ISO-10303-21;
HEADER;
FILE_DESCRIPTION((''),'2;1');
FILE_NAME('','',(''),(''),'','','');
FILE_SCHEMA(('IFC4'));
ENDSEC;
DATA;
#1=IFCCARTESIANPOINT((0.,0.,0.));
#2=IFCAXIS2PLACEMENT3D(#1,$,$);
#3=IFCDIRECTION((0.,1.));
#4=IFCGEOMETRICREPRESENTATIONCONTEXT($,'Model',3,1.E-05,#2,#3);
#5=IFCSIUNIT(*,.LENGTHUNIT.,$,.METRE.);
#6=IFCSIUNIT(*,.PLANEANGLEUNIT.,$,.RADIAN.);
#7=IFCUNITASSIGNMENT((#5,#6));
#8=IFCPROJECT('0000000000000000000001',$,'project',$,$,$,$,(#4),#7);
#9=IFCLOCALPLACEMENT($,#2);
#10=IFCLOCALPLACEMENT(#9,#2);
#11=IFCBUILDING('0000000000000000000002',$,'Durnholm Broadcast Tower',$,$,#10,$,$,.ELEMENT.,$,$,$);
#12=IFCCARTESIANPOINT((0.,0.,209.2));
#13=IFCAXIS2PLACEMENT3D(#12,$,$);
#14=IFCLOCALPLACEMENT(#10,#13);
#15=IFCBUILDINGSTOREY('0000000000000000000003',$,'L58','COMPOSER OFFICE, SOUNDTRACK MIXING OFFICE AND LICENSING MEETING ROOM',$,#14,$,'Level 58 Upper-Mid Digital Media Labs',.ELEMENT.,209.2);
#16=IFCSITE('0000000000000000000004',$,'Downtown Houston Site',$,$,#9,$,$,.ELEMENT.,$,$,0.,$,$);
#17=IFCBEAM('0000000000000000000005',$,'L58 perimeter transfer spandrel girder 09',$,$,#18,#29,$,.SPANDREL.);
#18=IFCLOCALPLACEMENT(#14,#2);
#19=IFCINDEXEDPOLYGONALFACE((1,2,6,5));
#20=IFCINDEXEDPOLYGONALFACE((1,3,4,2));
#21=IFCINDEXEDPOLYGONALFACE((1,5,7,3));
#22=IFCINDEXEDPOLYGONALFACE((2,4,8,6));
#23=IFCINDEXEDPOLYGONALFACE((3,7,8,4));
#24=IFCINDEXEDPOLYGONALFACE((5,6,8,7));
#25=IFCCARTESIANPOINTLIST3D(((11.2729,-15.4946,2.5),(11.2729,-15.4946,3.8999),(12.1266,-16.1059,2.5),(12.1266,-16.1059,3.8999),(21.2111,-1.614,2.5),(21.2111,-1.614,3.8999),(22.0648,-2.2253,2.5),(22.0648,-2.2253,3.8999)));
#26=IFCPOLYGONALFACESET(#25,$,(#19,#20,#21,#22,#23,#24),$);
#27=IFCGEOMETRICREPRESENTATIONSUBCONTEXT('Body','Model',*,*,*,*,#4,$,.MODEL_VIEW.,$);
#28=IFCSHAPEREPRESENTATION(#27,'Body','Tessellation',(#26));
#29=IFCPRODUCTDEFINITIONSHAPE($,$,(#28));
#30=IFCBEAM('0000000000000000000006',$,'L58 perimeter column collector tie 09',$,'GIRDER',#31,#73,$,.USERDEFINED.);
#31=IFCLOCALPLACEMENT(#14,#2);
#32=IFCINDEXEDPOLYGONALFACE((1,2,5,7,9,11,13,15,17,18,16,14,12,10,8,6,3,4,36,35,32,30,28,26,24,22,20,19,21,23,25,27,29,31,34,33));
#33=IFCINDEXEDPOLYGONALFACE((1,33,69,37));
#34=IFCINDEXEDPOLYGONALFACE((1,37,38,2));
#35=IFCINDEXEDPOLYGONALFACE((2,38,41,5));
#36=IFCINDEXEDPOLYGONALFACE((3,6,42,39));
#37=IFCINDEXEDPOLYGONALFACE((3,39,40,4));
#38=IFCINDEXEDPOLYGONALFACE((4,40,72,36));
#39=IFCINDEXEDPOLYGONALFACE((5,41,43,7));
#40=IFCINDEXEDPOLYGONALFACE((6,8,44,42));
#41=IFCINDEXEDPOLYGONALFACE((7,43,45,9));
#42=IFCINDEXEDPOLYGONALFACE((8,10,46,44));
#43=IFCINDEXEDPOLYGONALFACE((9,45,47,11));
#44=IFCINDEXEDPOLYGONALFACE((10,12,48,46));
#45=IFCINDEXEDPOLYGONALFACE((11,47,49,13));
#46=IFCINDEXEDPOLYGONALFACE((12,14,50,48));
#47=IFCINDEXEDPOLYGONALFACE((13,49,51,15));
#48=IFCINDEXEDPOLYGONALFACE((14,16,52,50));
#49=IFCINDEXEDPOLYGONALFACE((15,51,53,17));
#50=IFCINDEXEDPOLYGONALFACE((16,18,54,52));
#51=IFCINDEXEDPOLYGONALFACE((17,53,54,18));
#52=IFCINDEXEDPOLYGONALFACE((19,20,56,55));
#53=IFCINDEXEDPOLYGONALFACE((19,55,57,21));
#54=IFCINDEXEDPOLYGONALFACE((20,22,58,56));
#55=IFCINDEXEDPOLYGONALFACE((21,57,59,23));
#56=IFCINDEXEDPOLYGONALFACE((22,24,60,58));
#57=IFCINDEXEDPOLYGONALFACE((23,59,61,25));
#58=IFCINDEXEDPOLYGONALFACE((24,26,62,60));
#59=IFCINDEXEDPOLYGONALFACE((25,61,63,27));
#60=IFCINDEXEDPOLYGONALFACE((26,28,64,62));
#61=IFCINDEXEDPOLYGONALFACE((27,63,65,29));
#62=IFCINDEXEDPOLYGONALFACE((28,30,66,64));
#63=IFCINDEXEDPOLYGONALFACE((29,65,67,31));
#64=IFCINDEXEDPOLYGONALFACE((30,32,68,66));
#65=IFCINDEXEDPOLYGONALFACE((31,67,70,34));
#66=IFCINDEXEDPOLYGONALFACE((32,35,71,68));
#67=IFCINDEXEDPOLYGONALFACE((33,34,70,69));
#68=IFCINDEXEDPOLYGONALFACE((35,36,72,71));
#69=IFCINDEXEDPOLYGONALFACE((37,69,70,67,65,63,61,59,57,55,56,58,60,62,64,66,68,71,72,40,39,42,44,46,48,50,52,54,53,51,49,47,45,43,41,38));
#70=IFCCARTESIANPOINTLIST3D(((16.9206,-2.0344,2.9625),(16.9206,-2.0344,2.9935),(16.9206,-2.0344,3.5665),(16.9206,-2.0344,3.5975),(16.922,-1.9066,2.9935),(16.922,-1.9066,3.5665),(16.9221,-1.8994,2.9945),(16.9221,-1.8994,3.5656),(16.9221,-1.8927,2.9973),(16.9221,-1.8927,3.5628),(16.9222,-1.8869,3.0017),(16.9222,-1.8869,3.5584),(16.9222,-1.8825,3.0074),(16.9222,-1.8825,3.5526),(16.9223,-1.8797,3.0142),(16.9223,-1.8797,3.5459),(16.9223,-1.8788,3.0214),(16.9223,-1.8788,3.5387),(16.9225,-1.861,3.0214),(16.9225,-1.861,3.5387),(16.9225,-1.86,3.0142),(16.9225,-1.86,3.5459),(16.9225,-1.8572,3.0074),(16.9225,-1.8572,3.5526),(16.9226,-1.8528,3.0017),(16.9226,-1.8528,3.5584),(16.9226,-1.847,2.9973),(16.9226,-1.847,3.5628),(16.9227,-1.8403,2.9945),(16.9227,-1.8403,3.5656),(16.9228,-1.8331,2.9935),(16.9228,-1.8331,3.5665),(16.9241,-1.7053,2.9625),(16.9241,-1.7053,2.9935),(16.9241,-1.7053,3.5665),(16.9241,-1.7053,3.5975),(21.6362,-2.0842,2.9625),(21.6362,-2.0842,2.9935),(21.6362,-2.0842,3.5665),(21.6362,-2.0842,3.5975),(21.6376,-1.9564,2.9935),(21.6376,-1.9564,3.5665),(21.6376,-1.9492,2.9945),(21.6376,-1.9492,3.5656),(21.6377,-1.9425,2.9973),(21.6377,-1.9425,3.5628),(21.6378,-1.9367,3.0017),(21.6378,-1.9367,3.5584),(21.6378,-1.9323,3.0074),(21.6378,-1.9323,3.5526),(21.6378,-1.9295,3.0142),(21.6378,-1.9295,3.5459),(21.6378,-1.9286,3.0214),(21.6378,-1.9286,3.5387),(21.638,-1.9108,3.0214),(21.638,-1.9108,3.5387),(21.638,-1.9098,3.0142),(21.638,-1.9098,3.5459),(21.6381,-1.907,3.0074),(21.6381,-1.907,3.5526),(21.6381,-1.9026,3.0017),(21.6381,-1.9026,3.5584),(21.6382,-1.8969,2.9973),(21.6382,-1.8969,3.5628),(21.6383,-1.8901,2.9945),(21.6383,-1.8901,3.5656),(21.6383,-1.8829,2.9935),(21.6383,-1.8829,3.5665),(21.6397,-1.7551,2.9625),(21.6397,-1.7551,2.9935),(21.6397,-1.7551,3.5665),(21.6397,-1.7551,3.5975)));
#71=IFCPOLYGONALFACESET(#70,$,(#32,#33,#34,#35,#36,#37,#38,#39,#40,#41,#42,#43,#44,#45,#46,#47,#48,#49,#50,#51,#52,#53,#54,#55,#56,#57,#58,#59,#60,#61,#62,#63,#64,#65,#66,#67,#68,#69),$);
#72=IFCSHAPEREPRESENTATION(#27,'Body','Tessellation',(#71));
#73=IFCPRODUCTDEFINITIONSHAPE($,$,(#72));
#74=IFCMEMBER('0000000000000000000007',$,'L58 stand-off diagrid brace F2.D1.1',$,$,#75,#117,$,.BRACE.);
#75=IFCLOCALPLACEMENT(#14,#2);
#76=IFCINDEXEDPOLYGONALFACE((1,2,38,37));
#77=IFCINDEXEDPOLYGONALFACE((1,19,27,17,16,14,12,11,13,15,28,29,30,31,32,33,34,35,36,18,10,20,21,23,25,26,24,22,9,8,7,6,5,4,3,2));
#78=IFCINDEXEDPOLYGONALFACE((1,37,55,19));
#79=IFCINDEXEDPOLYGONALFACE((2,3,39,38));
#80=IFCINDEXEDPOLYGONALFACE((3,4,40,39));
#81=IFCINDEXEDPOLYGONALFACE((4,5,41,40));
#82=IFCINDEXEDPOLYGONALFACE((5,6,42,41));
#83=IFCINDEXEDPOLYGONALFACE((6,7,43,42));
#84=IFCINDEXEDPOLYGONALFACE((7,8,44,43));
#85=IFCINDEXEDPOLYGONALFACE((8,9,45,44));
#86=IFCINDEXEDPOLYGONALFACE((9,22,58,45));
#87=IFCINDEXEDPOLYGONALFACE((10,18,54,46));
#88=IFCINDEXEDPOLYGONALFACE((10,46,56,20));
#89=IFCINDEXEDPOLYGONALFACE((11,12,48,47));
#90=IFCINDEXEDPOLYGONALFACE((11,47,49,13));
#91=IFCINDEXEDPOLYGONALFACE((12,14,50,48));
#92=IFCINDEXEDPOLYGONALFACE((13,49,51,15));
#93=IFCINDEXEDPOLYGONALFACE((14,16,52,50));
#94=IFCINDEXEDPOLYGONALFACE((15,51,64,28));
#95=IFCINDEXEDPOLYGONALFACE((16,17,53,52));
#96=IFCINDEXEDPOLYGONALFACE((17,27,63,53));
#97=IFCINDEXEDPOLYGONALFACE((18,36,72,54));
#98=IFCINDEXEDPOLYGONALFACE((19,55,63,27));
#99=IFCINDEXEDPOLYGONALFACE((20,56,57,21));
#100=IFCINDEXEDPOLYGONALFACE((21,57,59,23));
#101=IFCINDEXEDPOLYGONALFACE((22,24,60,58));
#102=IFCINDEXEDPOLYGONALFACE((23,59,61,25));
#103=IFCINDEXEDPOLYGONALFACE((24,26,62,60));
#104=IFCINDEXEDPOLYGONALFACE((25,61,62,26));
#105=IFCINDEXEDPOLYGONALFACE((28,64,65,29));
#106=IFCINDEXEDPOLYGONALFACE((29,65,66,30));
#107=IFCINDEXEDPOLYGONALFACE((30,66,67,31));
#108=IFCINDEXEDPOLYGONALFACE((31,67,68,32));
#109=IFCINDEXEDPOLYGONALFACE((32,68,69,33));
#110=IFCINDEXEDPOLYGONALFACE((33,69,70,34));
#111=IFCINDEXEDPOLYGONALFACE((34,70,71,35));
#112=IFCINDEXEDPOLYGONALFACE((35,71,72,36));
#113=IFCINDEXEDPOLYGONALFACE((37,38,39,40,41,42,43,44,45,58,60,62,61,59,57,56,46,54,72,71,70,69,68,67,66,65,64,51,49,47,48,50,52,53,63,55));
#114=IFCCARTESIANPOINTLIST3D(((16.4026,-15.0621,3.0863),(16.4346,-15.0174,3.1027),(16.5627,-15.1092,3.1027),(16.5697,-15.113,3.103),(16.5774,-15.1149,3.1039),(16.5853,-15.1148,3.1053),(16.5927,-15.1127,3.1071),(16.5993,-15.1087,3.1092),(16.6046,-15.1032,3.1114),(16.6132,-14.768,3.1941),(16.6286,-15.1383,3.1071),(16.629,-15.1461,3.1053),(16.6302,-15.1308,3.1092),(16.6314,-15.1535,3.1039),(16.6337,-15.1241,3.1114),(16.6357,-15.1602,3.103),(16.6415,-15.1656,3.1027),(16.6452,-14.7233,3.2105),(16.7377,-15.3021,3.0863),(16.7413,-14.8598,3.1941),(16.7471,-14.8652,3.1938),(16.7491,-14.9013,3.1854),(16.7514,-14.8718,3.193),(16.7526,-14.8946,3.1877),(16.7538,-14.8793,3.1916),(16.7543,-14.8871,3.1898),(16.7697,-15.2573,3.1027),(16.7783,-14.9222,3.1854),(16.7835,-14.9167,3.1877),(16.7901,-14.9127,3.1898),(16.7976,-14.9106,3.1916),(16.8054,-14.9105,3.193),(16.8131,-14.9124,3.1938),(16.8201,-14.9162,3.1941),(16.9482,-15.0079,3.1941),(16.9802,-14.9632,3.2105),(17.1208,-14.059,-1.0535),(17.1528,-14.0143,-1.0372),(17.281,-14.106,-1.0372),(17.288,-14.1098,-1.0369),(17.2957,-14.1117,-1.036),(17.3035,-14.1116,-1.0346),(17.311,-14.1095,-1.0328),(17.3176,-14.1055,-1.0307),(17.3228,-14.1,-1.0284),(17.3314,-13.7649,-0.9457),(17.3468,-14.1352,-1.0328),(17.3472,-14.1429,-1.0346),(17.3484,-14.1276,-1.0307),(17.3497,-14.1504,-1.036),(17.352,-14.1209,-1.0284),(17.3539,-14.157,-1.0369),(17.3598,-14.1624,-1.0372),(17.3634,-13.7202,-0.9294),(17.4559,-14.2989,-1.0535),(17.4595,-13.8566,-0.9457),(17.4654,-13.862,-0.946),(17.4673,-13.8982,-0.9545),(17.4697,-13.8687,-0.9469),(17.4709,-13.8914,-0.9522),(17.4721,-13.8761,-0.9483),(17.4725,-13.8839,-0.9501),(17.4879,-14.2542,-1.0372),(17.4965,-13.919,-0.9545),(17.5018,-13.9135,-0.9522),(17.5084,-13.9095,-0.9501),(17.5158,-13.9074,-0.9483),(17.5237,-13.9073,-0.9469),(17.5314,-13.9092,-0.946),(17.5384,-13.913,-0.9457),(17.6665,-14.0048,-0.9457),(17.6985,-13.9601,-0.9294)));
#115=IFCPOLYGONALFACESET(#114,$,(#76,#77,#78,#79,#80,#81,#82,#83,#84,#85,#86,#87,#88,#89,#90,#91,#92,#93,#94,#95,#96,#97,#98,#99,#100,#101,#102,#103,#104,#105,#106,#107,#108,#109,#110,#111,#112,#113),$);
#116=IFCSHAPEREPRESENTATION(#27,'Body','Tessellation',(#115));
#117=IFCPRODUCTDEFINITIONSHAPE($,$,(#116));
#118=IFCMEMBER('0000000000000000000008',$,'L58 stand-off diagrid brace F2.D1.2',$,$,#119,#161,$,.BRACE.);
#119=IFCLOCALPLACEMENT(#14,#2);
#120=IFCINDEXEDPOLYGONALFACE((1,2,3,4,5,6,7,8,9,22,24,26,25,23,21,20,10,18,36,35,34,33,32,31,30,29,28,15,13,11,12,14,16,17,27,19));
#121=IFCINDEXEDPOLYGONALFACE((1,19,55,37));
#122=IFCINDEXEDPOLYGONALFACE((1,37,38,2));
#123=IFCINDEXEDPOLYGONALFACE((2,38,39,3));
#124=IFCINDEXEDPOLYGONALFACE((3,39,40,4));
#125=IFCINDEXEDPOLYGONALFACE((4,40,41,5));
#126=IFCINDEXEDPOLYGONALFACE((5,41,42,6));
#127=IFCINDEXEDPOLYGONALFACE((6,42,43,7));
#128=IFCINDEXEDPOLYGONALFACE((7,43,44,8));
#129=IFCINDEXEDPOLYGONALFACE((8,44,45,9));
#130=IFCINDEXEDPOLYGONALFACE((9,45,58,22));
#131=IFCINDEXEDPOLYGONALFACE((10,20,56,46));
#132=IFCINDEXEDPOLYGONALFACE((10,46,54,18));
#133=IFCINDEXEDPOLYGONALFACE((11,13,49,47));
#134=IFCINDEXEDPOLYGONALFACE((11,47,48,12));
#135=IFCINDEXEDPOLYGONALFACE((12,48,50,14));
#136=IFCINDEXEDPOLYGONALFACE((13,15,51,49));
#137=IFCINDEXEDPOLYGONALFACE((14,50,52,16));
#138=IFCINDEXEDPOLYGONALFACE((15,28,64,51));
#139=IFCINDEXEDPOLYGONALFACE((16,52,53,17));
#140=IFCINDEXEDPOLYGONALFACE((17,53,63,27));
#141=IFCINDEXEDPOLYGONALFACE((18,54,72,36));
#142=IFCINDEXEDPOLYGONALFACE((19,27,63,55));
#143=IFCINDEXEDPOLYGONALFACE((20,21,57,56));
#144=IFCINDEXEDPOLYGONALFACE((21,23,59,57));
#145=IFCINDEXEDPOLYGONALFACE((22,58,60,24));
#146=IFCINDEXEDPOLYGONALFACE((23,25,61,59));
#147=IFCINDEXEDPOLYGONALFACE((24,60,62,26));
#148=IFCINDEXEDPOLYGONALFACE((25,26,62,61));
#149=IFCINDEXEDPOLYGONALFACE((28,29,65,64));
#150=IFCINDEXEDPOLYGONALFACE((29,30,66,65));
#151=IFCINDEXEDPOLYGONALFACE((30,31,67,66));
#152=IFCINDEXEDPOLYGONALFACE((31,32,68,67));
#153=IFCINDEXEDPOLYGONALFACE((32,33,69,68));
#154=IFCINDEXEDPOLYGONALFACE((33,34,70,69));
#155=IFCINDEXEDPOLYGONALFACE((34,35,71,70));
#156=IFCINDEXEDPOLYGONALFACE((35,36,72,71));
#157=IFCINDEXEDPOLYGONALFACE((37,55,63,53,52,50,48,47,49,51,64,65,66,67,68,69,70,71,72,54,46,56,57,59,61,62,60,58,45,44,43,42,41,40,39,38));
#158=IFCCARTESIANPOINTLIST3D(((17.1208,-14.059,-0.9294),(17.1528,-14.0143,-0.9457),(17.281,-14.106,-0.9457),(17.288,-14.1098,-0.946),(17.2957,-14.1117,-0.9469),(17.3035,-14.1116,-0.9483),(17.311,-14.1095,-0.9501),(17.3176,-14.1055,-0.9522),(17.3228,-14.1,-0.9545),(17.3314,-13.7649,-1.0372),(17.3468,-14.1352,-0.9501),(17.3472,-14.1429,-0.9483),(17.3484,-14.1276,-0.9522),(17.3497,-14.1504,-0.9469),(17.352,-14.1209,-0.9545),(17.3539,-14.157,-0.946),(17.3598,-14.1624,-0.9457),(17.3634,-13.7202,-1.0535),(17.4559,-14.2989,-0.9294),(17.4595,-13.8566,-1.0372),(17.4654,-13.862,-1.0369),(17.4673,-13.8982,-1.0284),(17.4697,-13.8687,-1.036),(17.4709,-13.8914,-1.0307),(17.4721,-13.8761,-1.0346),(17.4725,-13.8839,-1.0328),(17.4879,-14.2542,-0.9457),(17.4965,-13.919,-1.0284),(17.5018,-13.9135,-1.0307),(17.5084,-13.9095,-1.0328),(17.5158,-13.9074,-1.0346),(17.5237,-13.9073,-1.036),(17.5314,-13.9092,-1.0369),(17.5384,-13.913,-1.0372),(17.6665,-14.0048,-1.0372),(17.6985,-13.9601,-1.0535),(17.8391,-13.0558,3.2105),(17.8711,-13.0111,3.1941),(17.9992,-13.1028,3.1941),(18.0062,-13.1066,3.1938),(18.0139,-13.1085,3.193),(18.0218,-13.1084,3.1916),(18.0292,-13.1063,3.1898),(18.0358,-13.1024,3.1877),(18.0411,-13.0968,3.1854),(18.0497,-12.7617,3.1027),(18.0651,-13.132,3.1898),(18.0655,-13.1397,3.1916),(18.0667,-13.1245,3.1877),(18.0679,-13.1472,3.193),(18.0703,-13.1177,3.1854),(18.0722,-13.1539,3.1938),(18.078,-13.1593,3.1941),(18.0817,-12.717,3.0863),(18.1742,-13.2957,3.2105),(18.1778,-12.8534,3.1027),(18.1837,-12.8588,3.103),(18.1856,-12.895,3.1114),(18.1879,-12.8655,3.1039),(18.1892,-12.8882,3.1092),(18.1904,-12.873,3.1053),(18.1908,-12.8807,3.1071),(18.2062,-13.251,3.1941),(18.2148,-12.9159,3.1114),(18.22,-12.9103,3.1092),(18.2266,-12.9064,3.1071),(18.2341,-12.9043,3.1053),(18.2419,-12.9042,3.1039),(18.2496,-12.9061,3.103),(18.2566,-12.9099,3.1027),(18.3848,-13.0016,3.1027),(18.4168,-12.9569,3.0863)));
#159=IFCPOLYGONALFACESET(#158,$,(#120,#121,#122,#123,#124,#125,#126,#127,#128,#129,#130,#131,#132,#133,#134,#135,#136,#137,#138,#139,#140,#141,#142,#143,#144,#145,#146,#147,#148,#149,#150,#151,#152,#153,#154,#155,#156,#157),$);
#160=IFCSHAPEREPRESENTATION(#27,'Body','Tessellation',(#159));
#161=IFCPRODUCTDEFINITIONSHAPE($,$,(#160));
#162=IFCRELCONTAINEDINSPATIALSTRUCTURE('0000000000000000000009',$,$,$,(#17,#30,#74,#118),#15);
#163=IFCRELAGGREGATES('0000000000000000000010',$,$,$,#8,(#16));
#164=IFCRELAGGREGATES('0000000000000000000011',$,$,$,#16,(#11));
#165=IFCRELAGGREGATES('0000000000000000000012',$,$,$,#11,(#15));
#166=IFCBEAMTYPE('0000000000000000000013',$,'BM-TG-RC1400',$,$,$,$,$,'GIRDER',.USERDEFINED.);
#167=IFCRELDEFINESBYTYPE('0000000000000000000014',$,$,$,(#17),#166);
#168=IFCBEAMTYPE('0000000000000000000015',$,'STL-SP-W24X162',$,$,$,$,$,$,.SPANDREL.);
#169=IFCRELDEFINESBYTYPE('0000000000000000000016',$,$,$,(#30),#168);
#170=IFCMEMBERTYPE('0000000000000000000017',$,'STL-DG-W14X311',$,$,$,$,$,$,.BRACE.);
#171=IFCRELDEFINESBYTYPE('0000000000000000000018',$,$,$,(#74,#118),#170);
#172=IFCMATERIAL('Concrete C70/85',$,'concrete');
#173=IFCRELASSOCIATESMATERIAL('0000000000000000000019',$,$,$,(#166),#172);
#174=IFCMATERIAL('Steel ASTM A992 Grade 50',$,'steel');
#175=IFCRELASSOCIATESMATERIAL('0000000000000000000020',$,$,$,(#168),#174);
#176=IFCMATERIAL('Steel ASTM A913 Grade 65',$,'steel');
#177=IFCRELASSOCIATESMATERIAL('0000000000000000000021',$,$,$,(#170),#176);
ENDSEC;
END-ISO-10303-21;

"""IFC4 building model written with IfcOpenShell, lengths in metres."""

from ifc_helpers import new_model, si_unit, direction, frame, origin, origin_2d, place, context, subcontext, project, spatial, rectangle, i_section, extrude, source, transform, mapped, material, material_profile, profile_set, type_object, type_shapes, element, save


model = new_model("IFC4")

# Units and contexts
model_context = context("Model", 3, precision=1e-05, world=origin(), true_north=direction((0.0, 1.0)))
body_context = subcontext(model_context, "Body", "Model", "MODEL_VIEW")
ifc_project = project(units=[si_unit("LENGTHUNIT", "METRE"), si_unit("PLANEANGLEUNIT", "RADIAN")], contexts=[model_context])

# Site, building, storey
site_placement = place(None, origin())
site = spatial("IfcSite", under=ifc_project, at=site_placement, Name="Downtown Houston Site", CompositionType="ELEMENT", RefElevation=0.0)
building_placement = place(site_placement, origin())
building = spatial("IfcBuilding", under=site, at=building_placement, Name="Durnholm Broadcast Tower", CompositionType="ELEMENT")
storey_placement = place(building_placement, frame((0.0, 0.0, 209.2)))
storey = spatial("IfcBuildingStorey", under=building, at=storey_placement, Name="L58", Description="COMPOSER OFFICE, SOUNDTRACK MIXING OFFICE AND LICENSING MEETING ROOM", LongName="Level 58 Upper-Mid Digital Media Labs", CompositionType="ELEMENT", Elevation=209.2)

# Shared definitions
ifc_material_1 = material(Name="Concrete C70/85", Category="concrete")

# Beams
ifc_material_2 = material(Name="Steel ASTM A992 Grade 50", Category="steel")
ifc_material_profile_1 = material_profile(ifc_material_1, rectangle(XDim=1.05, YDim=1.3999, at=origin_2d()), Name="RC1050X1400")
ifc_profile_set_1 = profile_set([ifc_material_profile_1], Name="Concrete C70/85")
beam_type_1 = type_object("IfcBeamType", Name="BM-TG-RC1400", ElementType="GIRDER", PredefinedType="USERDEFINED", material=ifc_profile_set_1)
shared_shape_1 = source(origin(), body_context, "Body", "SweptSolid", [
    extrude(rectangle(XDim=1.05, YDim=1.3999, at=origin_2d()), origin(), (0.0, 0.0, 1.0), 17.0715),
])
beam_1_placement = place(storey_placement, frame((21.6379, -1.9197, 3.2), z_axis=(-0.58215, -0.813082, 0.0), x_axis=(0.813082, -0.58215, 0.0)))
element("IfcBeam", 1, at=beam_1_placement, inside=storey, type_object=beam_type_1, Name="L58 perimeter transfer spandrel girder 09", PredefinedType="SPANDREL", context=body_context, shape_type="MappedRepresentation", body=[
    mapped(shared_shape_1, transform((0.0, 0.0, 0.0), x_axis=(1.0, 0.0, 0.0), y_axis=(0.0, 1.0, 0.0), z_axis=(0.0, 0.0, 1.0), scale=1.0)),
])
ifc_material_profile_2 = material_profile(ifc_material_2, i_section(OverallWidth=0.3291, OverallDepth=0.635, WebThickness=0.0178, FlangeThickness=0.031, FilletRadius=0.0278, at=origin_2d()), Name="W24X162")
ifc_profile_set_2 = profile_set([ifc_material_profile_2], Name="Steel ASTM A992 Grade 50")
beam_type_2 = type_object("IfcBeamType", Name="STL-SP-W24X162", PredefinedType="SPANDREL", material=ifc_profile_set_2)
shared_shape_2 = source(origin(), body_context, "Body", "SweptSolid", [
    extrude(i_section(OverallWidth=0.3291, OverallDepth=0.635, WebThickness=0.0178, FlangeThickness=0.031, FilletRadius=0.0278, at=origin_2d()), origin(), (0.0, 0.0, 1.0), 4.7158),
])
type_shapes(beam_type_2, [shared_shape_2])
beam_2_placement = place(storey_placement, frame((21.6379, -1.9197, 3.28), z_axis=(-0.999944, 0.010561, 0.0), x_axis=(-0.010561, -0.999944, 0.0)))
element("IfcBeam", 2, at=beam_2_placement, inside=storey, type_object=beam_type_2, Name="L58 perimeter column collector tie 09", ObjectType="GIRDER", PredefinedType="USERDEFINED", context=body_context, shape_type="MappedRepresentation", body=[
    mapped(shared_shape_2, transform((0.0, 0.0, 0.0), x_axis=(1.0, 0.0, 0.0), y_axis=(0.0, 1.0, 0.0), z_axis=(0.0, 0.0, 1.0), scale=1.0)),
])

# Members
ifc_material_3 = material(Name="Steel ASTM A913 Grade 65", Category="steel")
ifc_material_profile_3 = material_profile(ifc_material_3, i_section(OverallWidth=0.4121, OverallDepth=0.4348, WebThickness=0.0359, FlangeThickness=0.0574, FilletRadius=0.0305, at=origin_2d()), Name="W14X311")
ifc_profile_set_3 = profile_set([ifc_material_profile_3], Name="Steel ASTM A913 Grade 65")
member_type_1 = type_object("IfcMemberType", Name="STL-DG-W14X311", PredefinedType="BRACE", material=ifc_profile_set_3)
shared_shape_3 = source(origin(), body_context, "Body", "SweptSolid", [
    extrude(i_section(OverallWidth=0.4121, OverallDepth=0.4348, WebThickness=0.0359, FlangeThickness=0.0574, FilletRadius=0.0305, at=origin_2d()), origin(), (0.0, 0.0, 1.0), 4.3198),
])
type_shapes(member_type_1, [shared_shape_3])
for number, where, z_axis, x_axis, name in (
    (3, (17.4097, -14.0095, -0.9915), (-0.166271, -0.232225, 0.958345), (0.813078, -0.582155, 0.0), "L58 stand-off diagrid brace F2.D1.1"),
    (4, (17.4097, -14.0095, -0.9915), (0.166271, 0.232225, 0.958345), (-0.813078, 0.582155, 0.0), "L58 stand-off diagrid brace F2.D1.2"),
):
    element("IfcMember", number, at=place(storey_placement, frame(where, z_axis=z_axis, x_axis=x_axis)), inside=storey, type_object=member_type_1, Name=name, PredefinedType="BRACE", context=body_context, shape_type="MappedRepresentation", body=[
        mapped(shared_shape_3, transform((0.0, 0.0, 0.0), x_axis=(1.0, 0.0, 0.0), y_axis=(0.0, 1.0, 0.0), z_axis=(0.0, 0.0, 1.0), scale=1.0)),
    ])

save(model, "model.ifc")
